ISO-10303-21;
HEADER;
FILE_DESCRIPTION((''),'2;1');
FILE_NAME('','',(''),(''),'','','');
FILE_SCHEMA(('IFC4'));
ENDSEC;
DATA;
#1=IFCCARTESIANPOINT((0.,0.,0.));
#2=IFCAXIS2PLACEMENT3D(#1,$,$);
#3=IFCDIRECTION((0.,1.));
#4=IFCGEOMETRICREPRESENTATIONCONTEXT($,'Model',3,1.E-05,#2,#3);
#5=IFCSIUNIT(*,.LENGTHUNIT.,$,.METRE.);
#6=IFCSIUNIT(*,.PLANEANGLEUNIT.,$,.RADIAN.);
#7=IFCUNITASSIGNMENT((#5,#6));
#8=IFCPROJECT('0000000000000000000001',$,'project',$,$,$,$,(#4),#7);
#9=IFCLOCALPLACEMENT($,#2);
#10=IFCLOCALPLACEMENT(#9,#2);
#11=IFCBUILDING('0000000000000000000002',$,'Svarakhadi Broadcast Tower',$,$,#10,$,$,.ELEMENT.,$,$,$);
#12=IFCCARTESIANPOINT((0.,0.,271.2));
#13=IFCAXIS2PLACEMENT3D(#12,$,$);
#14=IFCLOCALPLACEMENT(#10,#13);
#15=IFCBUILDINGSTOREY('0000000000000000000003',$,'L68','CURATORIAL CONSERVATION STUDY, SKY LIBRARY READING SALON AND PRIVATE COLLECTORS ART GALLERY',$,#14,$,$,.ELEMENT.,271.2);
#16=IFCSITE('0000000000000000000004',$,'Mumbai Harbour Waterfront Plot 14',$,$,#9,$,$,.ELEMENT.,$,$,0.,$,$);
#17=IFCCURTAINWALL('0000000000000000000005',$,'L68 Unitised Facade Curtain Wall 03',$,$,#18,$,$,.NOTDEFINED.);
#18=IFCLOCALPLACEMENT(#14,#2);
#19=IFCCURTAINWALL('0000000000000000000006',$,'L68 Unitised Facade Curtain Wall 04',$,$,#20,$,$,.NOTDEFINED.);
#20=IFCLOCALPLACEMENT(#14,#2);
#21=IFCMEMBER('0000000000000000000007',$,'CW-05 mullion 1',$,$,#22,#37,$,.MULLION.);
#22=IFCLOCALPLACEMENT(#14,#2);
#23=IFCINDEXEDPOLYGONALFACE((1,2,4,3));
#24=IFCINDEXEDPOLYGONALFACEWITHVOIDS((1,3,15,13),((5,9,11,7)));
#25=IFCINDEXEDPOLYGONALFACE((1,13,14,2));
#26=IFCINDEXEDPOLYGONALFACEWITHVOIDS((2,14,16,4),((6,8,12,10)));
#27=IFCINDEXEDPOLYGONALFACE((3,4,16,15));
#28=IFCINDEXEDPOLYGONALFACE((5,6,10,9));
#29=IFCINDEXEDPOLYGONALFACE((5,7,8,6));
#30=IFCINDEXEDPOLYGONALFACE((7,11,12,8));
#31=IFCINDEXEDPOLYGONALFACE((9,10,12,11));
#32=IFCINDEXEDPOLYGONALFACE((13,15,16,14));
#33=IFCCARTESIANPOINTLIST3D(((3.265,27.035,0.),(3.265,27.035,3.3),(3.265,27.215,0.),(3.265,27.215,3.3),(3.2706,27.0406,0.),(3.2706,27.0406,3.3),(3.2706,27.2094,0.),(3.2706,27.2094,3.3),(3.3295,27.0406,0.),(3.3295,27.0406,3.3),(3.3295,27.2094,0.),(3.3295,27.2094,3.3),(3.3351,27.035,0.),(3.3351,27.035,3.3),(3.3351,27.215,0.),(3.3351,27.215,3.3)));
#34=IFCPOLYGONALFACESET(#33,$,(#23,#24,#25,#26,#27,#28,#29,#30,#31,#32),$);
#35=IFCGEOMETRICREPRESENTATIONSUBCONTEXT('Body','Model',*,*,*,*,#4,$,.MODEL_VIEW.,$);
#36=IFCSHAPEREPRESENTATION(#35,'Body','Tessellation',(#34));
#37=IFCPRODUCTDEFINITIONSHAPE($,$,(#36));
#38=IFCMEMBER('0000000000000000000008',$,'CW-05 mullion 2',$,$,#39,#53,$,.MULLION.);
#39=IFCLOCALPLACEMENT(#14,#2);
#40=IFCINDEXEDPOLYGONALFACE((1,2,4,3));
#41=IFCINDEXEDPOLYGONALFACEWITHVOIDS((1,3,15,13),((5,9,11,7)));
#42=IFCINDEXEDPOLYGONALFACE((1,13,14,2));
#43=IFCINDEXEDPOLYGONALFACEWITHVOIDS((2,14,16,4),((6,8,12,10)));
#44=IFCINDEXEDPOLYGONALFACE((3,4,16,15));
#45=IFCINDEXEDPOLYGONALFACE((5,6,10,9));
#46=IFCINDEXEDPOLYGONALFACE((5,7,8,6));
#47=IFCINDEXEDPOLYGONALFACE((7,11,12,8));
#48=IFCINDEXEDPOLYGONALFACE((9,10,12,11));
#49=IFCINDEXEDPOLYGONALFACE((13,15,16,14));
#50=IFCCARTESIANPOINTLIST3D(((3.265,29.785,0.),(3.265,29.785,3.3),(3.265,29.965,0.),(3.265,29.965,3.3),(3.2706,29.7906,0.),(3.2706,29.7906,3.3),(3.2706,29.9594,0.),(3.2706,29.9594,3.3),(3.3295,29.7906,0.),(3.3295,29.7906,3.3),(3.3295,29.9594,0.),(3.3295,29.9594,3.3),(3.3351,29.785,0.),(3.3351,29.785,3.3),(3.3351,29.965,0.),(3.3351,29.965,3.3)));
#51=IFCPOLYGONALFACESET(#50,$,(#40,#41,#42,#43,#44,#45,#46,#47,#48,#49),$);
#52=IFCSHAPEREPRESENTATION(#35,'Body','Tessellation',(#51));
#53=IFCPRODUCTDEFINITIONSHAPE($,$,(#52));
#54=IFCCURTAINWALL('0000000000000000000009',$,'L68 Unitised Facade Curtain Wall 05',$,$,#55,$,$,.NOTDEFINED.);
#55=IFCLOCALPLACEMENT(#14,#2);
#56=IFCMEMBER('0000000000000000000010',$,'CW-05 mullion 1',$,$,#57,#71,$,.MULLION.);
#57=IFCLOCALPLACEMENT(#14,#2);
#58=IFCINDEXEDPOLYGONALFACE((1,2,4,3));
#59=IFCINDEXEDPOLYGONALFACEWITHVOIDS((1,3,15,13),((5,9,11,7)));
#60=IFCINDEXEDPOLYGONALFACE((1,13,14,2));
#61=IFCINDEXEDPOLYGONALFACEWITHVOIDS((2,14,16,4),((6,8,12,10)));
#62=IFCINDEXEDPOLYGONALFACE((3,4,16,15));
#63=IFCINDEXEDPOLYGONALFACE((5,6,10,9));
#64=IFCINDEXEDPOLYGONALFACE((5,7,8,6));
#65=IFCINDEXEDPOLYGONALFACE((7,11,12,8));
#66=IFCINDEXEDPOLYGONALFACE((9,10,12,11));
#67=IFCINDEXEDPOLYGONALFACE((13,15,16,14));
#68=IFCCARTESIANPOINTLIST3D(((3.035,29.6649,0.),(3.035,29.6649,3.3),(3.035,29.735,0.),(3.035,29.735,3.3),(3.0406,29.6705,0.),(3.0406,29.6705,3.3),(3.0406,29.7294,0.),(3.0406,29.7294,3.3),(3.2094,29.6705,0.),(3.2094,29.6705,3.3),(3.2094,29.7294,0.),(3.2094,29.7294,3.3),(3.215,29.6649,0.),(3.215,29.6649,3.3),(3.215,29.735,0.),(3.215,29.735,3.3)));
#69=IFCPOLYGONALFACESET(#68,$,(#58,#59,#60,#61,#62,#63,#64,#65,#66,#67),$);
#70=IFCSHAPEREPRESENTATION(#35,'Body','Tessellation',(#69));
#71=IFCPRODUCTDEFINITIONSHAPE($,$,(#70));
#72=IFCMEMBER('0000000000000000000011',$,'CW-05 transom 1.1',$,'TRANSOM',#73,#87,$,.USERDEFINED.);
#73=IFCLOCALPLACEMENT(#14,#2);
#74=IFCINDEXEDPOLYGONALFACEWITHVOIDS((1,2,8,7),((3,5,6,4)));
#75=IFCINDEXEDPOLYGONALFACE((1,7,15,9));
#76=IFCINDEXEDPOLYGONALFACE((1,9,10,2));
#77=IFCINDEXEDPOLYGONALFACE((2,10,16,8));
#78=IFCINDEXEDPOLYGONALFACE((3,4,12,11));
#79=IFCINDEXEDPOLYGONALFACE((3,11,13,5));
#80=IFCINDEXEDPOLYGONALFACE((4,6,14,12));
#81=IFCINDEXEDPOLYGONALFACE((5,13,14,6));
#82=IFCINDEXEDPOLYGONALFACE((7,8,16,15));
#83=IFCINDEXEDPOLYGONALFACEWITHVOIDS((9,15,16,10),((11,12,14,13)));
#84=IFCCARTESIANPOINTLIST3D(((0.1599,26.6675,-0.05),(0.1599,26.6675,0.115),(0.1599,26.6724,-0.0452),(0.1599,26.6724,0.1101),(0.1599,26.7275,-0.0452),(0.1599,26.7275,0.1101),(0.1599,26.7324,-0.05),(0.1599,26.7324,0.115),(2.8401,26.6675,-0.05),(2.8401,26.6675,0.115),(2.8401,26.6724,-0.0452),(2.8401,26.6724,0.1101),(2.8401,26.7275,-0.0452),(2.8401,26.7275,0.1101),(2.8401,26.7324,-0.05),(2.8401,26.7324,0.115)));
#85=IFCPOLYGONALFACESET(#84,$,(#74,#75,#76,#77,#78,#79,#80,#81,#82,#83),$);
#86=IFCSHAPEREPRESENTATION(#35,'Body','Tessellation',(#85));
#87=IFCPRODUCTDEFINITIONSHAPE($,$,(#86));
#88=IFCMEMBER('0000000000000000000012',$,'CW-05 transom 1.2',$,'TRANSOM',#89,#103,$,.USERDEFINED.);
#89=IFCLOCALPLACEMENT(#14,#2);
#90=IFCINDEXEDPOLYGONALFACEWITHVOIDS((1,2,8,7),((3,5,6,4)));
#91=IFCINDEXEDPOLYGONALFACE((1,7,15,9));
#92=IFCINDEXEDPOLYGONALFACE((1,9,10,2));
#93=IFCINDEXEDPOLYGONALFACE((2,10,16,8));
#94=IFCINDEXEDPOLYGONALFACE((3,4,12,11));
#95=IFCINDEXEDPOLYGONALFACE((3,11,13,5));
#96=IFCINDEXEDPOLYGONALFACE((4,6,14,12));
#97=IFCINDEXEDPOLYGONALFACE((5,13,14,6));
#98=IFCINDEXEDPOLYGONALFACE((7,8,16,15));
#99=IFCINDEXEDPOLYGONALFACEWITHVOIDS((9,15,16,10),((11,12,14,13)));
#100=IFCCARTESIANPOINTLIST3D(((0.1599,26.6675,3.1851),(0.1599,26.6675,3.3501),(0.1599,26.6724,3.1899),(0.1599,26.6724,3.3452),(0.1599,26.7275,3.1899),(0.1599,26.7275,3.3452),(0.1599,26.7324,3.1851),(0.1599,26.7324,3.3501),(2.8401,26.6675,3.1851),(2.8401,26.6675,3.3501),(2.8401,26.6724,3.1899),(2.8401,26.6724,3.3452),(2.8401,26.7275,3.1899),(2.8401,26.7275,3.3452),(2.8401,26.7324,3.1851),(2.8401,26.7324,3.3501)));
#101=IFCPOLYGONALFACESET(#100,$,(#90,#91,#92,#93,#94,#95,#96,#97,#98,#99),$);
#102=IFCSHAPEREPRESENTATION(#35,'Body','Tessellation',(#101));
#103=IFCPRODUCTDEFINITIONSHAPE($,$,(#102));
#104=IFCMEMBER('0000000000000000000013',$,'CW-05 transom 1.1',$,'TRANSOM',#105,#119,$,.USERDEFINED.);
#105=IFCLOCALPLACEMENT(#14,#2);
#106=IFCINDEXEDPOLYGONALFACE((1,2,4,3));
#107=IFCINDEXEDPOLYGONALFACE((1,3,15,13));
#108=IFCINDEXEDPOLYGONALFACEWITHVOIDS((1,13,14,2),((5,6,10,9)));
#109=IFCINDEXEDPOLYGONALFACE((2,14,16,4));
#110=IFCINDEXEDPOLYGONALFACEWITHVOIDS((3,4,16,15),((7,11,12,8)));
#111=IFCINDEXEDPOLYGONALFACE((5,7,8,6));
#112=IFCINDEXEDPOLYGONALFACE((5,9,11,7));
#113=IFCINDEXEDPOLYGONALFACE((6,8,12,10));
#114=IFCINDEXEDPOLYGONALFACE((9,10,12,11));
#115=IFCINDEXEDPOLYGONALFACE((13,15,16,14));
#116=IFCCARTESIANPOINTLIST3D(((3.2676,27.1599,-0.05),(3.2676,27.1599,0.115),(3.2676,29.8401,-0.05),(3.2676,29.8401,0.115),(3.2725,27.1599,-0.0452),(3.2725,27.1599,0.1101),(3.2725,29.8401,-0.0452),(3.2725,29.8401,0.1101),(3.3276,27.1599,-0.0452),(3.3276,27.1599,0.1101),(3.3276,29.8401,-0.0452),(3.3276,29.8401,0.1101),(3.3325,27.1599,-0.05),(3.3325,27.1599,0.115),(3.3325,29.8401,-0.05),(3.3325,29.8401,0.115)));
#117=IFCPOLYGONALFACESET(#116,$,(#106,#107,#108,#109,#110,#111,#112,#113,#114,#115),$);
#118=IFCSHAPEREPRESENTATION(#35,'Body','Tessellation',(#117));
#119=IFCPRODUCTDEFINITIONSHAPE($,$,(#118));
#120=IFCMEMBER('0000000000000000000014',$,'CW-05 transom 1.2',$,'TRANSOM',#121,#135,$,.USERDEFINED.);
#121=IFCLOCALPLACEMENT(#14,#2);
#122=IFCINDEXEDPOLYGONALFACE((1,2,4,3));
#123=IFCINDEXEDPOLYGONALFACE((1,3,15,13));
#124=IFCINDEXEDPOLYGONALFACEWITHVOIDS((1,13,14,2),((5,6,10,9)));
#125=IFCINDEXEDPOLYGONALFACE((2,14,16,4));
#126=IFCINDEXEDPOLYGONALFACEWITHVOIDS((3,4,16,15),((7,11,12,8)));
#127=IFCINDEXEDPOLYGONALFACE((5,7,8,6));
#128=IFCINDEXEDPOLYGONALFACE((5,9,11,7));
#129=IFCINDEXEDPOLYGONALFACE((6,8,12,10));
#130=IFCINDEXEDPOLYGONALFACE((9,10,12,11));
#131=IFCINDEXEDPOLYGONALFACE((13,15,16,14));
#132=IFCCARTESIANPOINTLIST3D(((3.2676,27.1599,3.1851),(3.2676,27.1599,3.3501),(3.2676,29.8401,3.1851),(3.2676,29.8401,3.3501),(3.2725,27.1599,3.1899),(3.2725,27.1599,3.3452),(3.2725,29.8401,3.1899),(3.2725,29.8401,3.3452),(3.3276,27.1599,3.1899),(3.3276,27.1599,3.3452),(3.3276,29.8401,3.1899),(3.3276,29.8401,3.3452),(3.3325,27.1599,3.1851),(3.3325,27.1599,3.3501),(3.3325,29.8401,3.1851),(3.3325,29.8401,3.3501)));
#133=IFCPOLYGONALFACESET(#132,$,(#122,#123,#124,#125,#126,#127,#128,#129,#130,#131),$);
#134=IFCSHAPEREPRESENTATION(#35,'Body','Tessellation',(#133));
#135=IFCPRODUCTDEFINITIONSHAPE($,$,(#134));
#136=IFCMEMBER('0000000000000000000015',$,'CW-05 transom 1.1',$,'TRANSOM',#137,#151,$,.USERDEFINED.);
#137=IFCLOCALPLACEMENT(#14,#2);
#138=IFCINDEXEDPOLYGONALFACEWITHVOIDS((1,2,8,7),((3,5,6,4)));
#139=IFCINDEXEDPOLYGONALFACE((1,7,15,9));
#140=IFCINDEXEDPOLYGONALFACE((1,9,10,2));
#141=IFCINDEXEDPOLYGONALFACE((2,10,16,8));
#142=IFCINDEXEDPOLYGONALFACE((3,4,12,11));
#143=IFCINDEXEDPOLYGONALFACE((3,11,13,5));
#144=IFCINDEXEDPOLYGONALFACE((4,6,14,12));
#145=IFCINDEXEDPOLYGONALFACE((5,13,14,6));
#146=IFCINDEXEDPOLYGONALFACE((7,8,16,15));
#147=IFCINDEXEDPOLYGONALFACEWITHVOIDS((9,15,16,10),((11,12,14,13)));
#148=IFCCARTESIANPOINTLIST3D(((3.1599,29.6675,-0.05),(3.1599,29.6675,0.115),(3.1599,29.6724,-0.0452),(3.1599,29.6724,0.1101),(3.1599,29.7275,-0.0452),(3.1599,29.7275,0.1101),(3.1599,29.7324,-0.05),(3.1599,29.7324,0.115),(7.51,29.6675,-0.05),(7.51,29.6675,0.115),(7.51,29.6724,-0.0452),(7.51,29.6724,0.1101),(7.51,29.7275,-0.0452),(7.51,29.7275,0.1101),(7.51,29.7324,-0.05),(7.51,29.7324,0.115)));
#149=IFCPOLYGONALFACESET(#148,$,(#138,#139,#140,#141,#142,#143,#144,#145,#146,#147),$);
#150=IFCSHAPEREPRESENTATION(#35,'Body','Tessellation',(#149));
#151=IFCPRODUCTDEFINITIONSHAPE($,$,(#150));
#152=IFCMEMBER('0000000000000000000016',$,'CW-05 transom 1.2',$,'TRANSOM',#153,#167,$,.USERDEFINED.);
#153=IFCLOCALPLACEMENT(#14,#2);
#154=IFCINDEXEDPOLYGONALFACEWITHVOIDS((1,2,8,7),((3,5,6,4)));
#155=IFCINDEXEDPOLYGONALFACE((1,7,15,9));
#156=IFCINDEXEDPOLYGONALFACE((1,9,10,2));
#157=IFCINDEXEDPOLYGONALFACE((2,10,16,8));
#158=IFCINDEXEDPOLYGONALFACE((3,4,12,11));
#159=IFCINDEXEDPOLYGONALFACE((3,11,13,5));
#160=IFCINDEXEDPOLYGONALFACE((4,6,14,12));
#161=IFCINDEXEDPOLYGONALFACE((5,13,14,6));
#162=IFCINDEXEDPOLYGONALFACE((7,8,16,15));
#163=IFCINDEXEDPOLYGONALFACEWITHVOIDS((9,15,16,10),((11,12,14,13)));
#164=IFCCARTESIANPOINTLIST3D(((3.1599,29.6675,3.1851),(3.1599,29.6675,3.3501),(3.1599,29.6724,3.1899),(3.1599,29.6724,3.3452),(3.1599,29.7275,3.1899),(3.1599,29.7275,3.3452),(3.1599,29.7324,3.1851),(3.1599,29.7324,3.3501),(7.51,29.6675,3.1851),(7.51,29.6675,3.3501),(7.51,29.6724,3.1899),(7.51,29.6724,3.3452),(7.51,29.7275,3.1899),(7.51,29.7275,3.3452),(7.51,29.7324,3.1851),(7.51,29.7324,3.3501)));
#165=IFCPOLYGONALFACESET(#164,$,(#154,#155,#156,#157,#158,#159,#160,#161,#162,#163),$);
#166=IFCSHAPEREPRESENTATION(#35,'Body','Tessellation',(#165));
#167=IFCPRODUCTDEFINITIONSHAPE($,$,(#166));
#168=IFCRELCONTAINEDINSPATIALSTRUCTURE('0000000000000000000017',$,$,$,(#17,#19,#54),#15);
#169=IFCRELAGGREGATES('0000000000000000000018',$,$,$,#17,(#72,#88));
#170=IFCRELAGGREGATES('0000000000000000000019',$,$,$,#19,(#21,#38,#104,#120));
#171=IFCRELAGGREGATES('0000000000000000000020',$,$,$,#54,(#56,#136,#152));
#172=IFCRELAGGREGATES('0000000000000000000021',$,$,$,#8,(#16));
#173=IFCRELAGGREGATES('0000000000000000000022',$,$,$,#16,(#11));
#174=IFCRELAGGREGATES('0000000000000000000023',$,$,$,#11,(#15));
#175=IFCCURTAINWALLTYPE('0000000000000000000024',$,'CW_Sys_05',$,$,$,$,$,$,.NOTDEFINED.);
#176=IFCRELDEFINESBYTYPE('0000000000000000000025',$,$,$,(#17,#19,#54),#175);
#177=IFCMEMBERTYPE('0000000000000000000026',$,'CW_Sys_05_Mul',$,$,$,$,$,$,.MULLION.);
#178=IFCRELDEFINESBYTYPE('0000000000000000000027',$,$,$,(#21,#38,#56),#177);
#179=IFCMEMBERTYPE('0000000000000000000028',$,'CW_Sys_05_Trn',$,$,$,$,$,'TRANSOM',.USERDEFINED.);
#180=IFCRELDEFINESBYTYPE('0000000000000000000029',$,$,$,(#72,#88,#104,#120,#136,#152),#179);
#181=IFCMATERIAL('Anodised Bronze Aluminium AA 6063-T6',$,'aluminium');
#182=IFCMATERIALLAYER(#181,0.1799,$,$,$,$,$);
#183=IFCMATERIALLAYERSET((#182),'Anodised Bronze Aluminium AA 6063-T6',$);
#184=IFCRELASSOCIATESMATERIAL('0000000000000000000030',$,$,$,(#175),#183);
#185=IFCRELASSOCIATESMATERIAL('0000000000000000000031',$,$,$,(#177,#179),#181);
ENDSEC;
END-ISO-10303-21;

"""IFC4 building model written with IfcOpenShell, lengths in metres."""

from ifc_helpers import new_model, si_unit, direction, frame, origin, origin_2d, place, context, subcontext, project, spatial, hollow_rectangle, extrude, material, layer, layer_set, material_profile, profile_set, type_object, element, aggregate, save


model = new_model("IFC4")

# Units and contexts
model_context = context("Model", 3, precision=1e-05, world=origin(), true_north=direction((0.0, 1.0)))
body_context = subcontext(model_context, "Body", "Model", "MODEL_VIEW")
ifc_project = project(units=[si_unit("LENGTHUNIT", "METRE"), si_unit("PLANEANGLEUNIT", "RADIAN")], contexts=[model_context])

# Site, building, storey
site_placement = place(None, origin())
site = spatial("IfcSite", under=ifc_project, at=site_placement, Name="Mumbai Harbour Waterfront Plot 14", CompositionType="ELEMENT", RefElevation=0.0)
building_placement = place(site_placement, origin())
building = spatial("IfcBuilding", under=site, at=building_placement, Name="Svarakhadi Broadcast Tower", CompositionType="ELEMENT")
storey_placement = place(building_placement, frame((0.0, 0.0, 271.2)))
storey = spatial("IfcBuildingStorey", under=building, at=storey_placement, Name="L68", Description="CURATORIAL CONSERVATION STUDY, SKY LIBRARY READING SALON AND PRIVATE COLLECTORS ART GALLERY", CompositionType="ELEMENT", Elevation=271.2)

# Curtain walls, members
ifc_material_1 = material(Name="Anodised Bronze Aluminium AA 6063-T6", Category="aluminium")
ifc_layer_1 = layer(ifc_material_1, 0.1799)
ifc_layer_set_1 = layer_set([ifc_layer_1], Name="Anodised Bronze Aluminium AA 6063-T6")
curtain_wall_type = type_object("IfcCurtainWallType", Name="CW_Sys_05", PredefinedType="NOTDEFINED", material=ifc_layer_set_1)
curtain_wall_1_placement = place(storey_placement, origin())
curtain_wall_1 = element("IfcCurtainWall", 1, at=curtain_wall_1_placement, inside=storey, type_object=curtain_wall_type, Name="L68 Unitised Facade Curtain Wall 03", PredefinedType="NOTDEFINED")
ifc_material_profile_1 = material_profile(ifc_material_1, hollow_rectangle(XDim=0.0701, YDim=0.1799, WallThickness=0.0056, at=origin_2d()), Name="ALU MULLION 180x70x6")
ifc_profile_set_1 = profile_set([ifc_material_profile_1], Name="Anodised Bronze Aluminium AA 6063-T6")
member_type_1 = type_object("IfcMemberType", Name="CW_Sys_05_Mul", PredefinedType="MULLION", material=ifc_profile_set_1)
curtain_wall_2_placement = place(storey_placement, origin())
curtain_wall_2 = element("IfcCurtainWall", 2, at=curtain_wall_2_placement, inside=storey, type_object=curtain_wall_type, Name="L68 Unitised Facade Curtain Wall 04", PredefinedType="NOTDEFINED")
member_1_placement = place(storey_placement, frame((3.3, 27.125, 0.0), z_axis=(0.0, 0.0, 1.0), x_axis=(-1.0, 0.0, 0.0)))
member_1 = element("IfcMember", 3, at=member_1_placement, type_object=member_type_1, Name="CW-05 mullion 1", PredefinedType="MULLION", context=body_context, shape_type="SweptSolid", body=[
    extrude(hollow_rectangle(XDim=0.0701, YDim=0.1799, WallThickness=0.0056, at=origin_2d()), origin(), (0.0, 0.0, 1.0), 3.3),
])
member_2_placement = place(storey_placement, frame((3.3, 29.875, 0.0), z_axis=(0.0, 0.0, 1.0), x_axis=(-1.0, 0.0, 0.0)))
member_2 = element("IfcMember", 4, at=member_2_placement, type_object=member_type_1, Name="CW-05 mullion 2", PredefinedType="MULLION", context=body_context, shape_type="SweptSolid", body=[
    extrude(hollow_rectangle(XDim=0.0701, YDim=0.1799, WallThickness=0.0056, at=origin_2d()), origin(), (0.0, 0.0, 1.0), 3.3),
])

# Curtain wall, member
curtain_wall_3_placement = place(storey_placement, origin())
curtain_wall_3 = element("IfcCurtainWall", 5, at=curtain_wall_3_placement, inside=storey, type_object=curtain_wall_type, Name="L68 Unitised Facade Curtain Wall 05", PredefinedType="NOTDEFINED")
member_3_placement = place(storey_placement, frame((3.125, 29.7, 0.0), z_axis=(0.0, 0.0, 1.0), x_axis=(0.0, 1.0, 0.0)))
member_3 = element("IfcMember", 6, at=member_3_placement, type_object=member_type_1, Name="CW-05 mullion 1", PredefinedType="MULLION", context=body_context, shape_type="SweptSolid", body=[
    extrude(hollow_rectangle(XDim=0.0701, YDim=0.1799, WallThickness=0.0056, at=origin_2d()), origin(), (0.0, 0.0, 1.0), 3.3),
])

# Members
ifc_material_profile_2 = material_profile(ifc_material_1, hollow_rectangle(XDim=0.0649, YDim=0.165, WallThickness=0.0049, at=origin_2d()), Name="ALU TRANSOM 165x65x5")
ifc_profile_set_2 = profile_set([ifc_material_profile_2], Name="Anodised Bronze Aluminium AA 6063-T6")
member_type_2 = type_object("IfcMemberType", Name="CW_Sys_05_Trn", ElementType="TRANSOM", PredefinedType="USERDEFINED", material=ifc_profile_set_2)
member_4_placement = place(storey_placement, frame((0.1599, 26.7, 0.0325), z_axis=(1.0, 0.0, 0.0), x_axis=(0.0, 1.0, 0.0)))
member_4 = element("IfcMember", 7, at=member_4_placement, type_object=member_type_2, Name="CW-05 transom 1.1", ObjectType="TRANSOM", PredefinedType="USERDEFINED", context=body_context, shape_type="SweptSolid", body=[
    extrude(hollow_rectangle(XDim=0.0649, YDim=0.165, WallThickness=0.0049, at=origin_2d()), origin(), (0.0, 0.0, 1.0), 2.6802),
])
member_5_placement = place(storey_placement, frame((0.1599, 26.7, 3.2676), z_axis=(1.0, 0.0, 0.0), x_axis=(0.0, 1.0, 0.0)))
member_5 = element("IfcMember", 8, at=member_5_placement, type_object=member_type_2, Name="CW-05 transom 1.2", ObjectType="TRANSOM", PredefinedType="USERDEFINED", context=body_context, shape_type="SweptSolid", body=[
    extrude(hollow_rectangle(XDim=0.0649, YDim=0.165, WallThickness=0.0049, at=origin_2d()), origin(), (0.0, 0.0, 1.0), 2.6802),
])
member_6_placement = place(storey_placement, frame((3.3, 27.1599, 0.0325), z_axis=(0.0, 1.0, 0.0), x_axis=(-1.0, 0.0, 0.0)))
member_6 = element("IfcMember", 9, at=member_6_placement, type_object=member_type_2, Name="CW-05 transom 1.1", ObjectType="TRANSOM", PredefinedType="USERDEFINED", context=body_context, shape_type="SweptSolid", body=[
    extrude(hollow_rectangle(XDim=0.0649, YDim=0.165, WallThickness=0.0049, at=origin_2d()), origin(), (0.0, 0.0, 1.0), 2.6802),
])
member_7_placement = place(storey_placement, frame((3.3, 27.1599, 3.2676), z_axis=(0.0, 1.0, 0.0), x_axis=(-1.0, 0.0, 0.0)))
member_7 = element("IfcMember", 10, at=member_7_placement, type_object=member_type_2, Name="CW-05 transom 1.2", ObjectType="TRANSOM", PredefinedType="USERDEFINED", context=body_context, shape_type="SweptSolid", body=[
    extrude(hollow_rectangle(XDim=0.0649, YDim=0.165, WallThickness=0.0049, at=origin_2d()), origin(), (0.0, 0.0, 1.0), 2.6802),
])
member_8_placement = place(storey_placement, frame((3.1599, 29.7, 0.0325), z_axis=(1.0, 0.0, 0.0), x_axis=(0.0, 1.0, 0.0)))
member_8 = element("IfcMember", 11, at=member_8_placement, type_object=member_type_2, Name="CW-05 transom 1.1", ObjectType="TRANSOM", PredefinedType="USERDEFINED", context=body_context, shape_type="SweptSolid", body=[
    extrude(hollow_rectangle(XDim=0.0649, YDim=0.165, WallThickness=0.0049, at=origin_2d()), origin(), (0.0, 0.0, 1.0), 4.3501),
])
member_9_placement = place(storey_placement, frame((3.1599, 29.7, 3.2676), z_axis=(1.0, 0.0, 0.0), x_axis=(0.0, 1.0, 0.0)))
member_9 = element("IfcMember", 12, at=member_9_placement, type_object=member_type_2, Name="CW-05 transom 1.2", ObjectType="TRANSOM", PredefinedType="USERDEFINED", context=body_context, shape_type="SweptSolid", body=[
    extrude(hollow_rectangle(XDim=0.0649, YDim=0.165, WallThickness=0.0049, at=origin_2d()), origin(), (0.0, 0.0, 1.0), 4.3501),
])

aggregate(curtain_wall_1, [member_4, member_5])
aggregate(curtain_wall_2, [member_1, member_2, member_6, member_7])
aggregate(curtain_wall_3, [member_3, member_8, member_9])

save(model, "model.ifc")
